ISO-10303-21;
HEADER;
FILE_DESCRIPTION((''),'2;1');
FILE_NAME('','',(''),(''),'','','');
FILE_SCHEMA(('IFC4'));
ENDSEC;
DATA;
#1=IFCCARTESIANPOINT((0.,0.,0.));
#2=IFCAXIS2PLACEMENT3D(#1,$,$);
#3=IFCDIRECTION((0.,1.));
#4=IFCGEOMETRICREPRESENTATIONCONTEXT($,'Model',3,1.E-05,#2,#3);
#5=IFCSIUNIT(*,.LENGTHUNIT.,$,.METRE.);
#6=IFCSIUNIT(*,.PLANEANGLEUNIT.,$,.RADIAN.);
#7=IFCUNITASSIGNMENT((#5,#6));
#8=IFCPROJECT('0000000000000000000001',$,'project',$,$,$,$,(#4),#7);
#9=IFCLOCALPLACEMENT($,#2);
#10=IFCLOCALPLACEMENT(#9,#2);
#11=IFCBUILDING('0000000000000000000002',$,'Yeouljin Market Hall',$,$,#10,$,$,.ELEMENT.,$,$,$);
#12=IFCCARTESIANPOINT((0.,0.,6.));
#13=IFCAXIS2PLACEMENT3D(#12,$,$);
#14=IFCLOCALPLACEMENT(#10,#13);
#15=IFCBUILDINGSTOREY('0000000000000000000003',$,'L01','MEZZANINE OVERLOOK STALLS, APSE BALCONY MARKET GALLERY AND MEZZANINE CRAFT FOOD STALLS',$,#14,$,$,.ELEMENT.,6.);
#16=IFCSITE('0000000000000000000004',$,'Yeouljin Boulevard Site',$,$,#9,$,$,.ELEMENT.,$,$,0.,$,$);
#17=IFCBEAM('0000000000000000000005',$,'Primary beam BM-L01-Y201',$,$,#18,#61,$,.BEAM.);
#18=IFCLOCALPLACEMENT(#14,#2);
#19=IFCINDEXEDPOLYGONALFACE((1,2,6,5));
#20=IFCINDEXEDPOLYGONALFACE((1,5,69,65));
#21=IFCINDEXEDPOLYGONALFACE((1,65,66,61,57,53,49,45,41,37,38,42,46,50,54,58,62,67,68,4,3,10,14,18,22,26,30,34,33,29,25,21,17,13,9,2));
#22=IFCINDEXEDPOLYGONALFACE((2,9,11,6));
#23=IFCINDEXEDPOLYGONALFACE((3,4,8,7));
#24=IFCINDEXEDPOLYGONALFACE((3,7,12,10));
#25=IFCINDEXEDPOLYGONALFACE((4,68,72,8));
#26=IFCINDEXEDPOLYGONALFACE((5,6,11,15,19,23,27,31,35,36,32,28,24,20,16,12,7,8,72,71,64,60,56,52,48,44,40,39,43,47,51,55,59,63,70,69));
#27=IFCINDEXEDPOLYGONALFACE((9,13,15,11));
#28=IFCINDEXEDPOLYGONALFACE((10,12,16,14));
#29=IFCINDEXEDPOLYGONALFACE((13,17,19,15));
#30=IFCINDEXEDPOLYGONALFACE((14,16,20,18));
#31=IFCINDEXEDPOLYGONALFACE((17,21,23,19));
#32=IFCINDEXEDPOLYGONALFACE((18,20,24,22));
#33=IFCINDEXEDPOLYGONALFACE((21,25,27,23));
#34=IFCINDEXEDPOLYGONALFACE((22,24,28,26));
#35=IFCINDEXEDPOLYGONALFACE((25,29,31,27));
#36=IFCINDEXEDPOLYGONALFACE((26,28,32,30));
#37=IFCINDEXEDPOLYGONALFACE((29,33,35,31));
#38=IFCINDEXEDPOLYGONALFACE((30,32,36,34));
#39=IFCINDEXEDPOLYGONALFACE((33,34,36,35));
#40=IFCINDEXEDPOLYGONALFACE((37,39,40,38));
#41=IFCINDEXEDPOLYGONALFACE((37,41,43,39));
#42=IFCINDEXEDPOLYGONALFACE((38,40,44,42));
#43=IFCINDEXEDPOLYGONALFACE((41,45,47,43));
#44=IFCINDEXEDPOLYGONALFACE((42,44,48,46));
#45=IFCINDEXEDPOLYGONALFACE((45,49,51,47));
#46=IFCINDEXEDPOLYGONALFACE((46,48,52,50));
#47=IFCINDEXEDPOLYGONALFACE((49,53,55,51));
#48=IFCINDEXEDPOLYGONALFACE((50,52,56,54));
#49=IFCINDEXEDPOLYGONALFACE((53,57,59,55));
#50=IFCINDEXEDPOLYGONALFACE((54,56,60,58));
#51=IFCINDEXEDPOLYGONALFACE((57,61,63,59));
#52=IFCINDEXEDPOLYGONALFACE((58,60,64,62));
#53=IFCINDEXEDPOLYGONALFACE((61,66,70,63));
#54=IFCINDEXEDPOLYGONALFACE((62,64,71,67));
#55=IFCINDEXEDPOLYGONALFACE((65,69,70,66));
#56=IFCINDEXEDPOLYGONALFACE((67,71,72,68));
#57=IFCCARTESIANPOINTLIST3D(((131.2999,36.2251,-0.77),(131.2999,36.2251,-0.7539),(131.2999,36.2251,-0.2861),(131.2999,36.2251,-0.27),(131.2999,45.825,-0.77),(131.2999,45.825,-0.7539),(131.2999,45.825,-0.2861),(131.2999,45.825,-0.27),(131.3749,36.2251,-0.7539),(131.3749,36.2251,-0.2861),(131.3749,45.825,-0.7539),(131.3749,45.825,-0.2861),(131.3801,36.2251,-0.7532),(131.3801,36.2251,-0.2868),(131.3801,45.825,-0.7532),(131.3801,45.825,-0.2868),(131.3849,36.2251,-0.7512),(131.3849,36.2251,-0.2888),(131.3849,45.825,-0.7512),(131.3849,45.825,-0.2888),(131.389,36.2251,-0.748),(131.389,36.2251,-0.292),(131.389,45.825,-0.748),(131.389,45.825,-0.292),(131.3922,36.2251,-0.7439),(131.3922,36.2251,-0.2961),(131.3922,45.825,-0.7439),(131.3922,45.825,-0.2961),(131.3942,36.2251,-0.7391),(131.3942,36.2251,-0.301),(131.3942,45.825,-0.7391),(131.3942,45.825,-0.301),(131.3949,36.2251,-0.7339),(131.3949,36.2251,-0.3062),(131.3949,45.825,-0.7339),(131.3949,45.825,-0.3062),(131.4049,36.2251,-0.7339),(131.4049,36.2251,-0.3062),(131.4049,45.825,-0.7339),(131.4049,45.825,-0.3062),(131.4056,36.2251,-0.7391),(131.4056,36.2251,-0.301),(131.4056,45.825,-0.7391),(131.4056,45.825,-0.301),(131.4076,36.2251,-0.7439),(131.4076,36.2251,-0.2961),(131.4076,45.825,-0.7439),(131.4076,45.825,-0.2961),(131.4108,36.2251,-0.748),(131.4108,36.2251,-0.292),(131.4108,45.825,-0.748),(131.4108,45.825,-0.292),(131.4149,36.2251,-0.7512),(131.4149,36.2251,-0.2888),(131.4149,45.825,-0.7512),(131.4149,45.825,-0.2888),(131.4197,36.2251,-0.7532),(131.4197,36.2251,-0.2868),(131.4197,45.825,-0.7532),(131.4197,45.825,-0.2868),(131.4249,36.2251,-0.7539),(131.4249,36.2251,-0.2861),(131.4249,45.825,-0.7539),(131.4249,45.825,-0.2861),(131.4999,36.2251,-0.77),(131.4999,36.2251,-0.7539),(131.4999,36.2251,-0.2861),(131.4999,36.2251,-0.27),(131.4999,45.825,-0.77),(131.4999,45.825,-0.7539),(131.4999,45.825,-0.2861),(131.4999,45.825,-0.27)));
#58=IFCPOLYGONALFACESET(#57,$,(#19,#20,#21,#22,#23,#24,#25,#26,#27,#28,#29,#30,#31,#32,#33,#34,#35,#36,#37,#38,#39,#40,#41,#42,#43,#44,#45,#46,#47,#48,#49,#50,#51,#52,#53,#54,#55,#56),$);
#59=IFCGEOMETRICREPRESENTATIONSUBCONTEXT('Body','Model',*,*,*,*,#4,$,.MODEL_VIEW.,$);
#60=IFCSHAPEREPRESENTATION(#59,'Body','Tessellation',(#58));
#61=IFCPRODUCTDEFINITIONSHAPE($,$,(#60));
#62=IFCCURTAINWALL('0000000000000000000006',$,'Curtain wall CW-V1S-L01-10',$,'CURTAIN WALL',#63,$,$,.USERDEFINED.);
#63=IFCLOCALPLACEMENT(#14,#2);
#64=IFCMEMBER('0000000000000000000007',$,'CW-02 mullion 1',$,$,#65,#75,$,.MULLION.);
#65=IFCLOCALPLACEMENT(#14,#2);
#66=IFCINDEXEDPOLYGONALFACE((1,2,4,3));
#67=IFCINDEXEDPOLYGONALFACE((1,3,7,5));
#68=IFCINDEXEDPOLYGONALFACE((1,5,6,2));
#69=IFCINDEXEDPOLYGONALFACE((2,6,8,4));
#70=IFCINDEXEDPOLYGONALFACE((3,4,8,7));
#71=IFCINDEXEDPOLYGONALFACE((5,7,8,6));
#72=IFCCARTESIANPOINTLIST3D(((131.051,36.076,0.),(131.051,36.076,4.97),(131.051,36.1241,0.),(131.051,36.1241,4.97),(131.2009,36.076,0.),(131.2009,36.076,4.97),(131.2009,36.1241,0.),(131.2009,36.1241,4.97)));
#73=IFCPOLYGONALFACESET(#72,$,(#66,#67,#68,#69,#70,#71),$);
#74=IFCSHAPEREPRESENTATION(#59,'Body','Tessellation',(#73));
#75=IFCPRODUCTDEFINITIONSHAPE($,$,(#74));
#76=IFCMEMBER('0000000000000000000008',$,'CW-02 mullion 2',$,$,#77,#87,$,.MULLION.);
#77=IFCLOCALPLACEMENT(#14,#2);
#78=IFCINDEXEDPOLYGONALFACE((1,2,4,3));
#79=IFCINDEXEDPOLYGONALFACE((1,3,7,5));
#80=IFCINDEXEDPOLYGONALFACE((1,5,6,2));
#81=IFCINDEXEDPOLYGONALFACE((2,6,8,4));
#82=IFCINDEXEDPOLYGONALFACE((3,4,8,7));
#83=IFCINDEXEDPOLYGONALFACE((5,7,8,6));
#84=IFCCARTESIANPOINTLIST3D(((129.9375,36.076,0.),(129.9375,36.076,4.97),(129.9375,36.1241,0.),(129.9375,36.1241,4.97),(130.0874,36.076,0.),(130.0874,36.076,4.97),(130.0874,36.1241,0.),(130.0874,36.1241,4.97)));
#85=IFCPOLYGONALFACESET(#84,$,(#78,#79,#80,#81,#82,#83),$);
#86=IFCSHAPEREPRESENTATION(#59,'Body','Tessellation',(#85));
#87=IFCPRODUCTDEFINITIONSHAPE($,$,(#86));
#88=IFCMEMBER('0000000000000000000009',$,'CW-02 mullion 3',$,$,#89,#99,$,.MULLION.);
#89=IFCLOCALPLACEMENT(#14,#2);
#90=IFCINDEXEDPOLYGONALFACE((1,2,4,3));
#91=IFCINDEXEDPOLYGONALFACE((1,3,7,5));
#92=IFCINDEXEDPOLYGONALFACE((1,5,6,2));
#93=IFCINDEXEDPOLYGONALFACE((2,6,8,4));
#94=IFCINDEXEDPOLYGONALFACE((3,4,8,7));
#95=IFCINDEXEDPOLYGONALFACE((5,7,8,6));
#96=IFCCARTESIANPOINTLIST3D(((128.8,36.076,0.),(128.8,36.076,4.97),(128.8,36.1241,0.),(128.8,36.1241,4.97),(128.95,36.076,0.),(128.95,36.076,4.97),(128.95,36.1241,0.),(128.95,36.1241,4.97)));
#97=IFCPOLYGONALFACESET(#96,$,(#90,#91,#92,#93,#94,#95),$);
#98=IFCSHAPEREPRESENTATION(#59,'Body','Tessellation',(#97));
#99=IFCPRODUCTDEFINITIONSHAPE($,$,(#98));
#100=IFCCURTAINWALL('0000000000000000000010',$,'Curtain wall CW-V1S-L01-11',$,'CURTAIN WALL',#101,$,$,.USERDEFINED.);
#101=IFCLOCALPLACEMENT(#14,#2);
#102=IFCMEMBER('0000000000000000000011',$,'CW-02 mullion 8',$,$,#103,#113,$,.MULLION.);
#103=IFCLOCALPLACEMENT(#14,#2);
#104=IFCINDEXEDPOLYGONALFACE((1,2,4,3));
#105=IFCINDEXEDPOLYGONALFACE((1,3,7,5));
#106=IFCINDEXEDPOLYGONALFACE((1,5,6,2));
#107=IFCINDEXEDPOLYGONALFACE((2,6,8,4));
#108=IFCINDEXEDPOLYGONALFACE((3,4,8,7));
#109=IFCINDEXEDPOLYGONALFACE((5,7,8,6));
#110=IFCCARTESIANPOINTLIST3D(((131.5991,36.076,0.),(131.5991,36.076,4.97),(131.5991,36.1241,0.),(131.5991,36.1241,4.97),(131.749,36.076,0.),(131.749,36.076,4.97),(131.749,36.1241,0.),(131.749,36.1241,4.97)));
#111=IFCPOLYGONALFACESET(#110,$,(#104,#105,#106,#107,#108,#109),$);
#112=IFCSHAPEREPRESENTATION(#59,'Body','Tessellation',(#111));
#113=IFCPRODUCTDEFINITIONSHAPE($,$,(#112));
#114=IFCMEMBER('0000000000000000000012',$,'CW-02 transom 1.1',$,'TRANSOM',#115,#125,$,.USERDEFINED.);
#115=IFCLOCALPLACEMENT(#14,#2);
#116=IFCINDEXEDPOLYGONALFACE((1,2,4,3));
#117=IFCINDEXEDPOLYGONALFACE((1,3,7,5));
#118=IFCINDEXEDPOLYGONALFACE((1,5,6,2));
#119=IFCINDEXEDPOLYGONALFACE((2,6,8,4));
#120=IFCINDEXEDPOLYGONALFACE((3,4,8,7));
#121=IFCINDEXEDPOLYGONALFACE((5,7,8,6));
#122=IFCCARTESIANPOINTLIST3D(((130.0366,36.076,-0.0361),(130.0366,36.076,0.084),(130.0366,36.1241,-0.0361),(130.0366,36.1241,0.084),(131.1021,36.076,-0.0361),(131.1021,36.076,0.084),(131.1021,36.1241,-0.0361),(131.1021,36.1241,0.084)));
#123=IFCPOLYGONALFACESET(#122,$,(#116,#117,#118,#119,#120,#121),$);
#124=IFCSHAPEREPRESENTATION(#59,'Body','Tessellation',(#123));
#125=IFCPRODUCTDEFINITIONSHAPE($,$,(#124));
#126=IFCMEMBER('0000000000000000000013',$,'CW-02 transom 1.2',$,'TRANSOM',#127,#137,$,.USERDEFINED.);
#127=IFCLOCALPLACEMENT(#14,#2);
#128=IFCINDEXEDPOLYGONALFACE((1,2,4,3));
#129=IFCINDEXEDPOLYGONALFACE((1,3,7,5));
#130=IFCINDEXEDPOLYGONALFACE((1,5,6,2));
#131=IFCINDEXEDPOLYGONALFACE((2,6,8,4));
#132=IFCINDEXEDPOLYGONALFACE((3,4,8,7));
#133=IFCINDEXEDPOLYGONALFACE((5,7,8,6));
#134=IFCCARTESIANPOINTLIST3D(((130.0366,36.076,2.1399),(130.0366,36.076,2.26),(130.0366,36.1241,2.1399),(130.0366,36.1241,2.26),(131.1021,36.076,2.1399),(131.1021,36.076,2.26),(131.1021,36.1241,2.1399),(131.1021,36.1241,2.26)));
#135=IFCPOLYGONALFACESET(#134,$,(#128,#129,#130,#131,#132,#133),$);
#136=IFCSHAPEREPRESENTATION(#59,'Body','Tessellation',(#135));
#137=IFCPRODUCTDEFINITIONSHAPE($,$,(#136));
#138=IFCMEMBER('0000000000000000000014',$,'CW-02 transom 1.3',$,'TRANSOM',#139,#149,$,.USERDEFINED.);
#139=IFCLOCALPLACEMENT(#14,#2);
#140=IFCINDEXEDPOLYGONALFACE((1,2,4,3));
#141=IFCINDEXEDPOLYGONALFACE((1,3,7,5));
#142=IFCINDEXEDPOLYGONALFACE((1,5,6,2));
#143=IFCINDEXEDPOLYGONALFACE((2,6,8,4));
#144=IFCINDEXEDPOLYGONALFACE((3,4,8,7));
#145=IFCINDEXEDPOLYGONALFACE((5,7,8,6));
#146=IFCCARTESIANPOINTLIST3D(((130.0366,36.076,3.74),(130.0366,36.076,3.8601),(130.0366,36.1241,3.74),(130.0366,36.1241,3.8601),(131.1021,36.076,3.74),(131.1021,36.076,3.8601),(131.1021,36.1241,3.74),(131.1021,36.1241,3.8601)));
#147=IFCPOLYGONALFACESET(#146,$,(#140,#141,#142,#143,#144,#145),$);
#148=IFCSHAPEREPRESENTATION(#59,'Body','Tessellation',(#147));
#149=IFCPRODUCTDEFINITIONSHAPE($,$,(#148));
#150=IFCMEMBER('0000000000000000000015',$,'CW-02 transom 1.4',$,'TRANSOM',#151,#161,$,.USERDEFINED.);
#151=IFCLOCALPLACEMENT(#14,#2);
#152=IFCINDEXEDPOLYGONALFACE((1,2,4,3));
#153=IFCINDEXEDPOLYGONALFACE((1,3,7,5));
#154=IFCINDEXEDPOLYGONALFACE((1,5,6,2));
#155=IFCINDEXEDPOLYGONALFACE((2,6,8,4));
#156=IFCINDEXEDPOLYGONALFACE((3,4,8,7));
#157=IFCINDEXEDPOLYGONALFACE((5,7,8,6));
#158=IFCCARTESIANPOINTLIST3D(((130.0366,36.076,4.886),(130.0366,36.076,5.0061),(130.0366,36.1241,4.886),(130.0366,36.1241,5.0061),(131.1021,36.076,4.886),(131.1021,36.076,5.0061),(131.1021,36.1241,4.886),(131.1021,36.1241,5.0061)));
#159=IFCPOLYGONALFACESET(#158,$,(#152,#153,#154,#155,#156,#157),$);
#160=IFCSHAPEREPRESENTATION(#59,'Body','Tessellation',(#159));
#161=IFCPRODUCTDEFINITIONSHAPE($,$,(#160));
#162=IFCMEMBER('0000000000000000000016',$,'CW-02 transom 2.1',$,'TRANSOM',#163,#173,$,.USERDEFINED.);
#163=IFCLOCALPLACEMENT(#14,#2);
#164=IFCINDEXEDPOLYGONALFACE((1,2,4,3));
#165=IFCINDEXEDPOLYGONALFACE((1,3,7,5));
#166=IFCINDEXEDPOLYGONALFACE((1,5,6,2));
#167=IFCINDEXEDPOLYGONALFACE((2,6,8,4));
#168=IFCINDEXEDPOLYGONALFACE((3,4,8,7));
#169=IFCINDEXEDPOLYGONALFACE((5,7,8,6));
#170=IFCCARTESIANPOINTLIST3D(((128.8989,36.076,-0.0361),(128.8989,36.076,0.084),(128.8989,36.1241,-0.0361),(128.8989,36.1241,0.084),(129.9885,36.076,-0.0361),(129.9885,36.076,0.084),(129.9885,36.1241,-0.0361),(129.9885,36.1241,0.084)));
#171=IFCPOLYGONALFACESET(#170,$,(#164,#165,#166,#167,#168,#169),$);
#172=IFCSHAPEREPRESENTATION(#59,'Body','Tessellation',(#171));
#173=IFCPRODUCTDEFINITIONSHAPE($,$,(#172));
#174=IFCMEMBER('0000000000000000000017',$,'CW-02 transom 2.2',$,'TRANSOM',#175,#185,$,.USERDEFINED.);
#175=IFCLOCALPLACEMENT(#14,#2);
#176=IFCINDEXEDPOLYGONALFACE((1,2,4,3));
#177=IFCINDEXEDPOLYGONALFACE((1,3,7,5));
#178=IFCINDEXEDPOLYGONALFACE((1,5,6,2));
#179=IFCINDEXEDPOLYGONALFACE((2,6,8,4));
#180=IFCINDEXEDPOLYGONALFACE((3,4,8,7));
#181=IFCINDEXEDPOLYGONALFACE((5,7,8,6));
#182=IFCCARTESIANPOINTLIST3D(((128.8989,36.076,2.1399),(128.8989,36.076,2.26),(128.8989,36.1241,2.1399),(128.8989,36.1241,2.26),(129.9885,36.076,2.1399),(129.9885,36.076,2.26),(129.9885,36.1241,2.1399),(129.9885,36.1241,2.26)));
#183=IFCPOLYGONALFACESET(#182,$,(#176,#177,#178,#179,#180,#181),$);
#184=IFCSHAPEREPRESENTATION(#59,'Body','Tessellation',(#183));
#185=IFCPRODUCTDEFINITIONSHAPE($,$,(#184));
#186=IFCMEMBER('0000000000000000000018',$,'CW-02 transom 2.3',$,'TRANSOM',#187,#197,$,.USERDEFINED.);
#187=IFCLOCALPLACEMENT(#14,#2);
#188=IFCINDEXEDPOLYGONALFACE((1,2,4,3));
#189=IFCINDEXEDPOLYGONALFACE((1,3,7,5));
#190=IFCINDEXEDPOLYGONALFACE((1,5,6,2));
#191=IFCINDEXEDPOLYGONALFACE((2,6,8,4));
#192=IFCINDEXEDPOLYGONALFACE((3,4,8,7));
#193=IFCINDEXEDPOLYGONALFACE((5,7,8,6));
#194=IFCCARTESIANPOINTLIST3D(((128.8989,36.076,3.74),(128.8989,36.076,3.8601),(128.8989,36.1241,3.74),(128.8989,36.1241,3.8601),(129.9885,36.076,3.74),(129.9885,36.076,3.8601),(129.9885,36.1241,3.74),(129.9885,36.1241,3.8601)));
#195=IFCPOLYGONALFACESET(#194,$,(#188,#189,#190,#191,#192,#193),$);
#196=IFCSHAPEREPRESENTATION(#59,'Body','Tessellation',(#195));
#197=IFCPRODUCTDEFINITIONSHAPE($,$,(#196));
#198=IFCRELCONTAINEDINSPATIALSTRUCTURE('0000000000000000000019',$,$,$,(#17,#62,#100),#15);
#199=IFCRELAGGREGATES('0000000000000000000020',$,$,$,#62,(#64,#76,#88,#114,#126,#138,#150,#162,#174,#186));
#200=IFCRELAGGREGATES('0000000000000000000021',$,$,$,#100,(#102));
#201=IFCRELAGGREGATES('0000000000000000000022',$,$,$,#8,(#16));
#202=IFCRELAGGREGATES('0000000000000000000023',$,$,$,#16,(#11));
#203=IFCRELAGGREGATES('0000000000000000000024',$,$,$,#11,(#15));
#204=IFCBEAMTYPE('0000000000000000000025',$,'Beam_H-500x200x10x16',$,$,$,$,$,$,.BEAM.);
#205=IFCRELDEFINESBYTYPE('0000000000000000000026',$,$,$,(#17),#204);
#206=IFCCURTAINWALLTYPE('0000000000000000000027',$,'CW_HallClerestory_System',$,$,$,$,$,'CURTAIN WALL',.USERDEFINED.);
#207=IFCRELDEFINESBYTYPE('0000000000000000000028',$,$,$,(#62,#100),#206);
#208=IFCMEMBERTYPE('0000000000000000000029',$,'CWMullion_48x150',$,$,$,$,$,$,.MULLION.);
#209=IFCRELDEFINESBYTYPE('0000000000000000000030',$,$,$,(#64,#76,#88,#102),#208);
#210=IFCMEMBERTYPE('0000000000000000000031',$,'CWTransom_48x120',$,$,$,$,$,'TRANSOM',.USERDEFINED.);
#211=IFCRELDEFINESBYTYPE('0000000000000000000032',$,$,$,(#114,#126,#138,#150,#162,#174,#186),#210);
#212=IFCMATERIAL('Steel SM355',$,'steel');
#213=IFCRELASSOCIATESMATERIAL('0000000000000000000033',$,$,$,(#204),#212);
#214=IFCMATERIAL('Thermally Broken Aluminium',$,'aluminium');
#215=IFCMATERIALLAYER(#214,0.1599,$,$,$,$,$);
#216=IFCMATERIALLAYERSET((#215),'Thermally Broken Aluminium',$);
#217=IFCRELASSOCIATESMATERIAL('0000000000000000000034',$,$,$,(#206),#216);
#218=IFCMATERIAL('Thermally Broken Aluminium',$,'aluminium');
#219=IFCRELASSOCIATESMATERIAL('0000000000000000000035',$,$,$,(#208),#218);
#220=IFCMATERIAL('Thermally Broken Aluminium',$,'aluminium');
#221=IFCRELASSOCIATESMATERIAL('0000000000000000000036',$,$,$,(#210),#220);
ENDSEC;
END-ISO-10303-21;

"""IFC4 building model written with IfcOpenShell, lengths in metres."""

from ifc_helpers import new_model, si_unit, direction, frame, origin, origin_2d, place, context, subcontext, project, spatial, rectangle, i_section, extrude, material, layer, layer_set, material_profile, profile_set, type_object, element, aggregate, save


model = new_model("IFC4")

# Units and contexts
model_context = context("Model", 3, precision=1e-05, world=origin(), true_north=direction((0.0, 1.0)))
body_context = subcontext(model_context, "Body", "Model", "MODEL_VIEW")
ifc_project = project(units=[si_unit("LENGTHUNIT", "METRE"), si_unit("PLANEANGLEUNIT", "RADIAN")], contexts=[model_context])

# Site, building, storey
site_placement = place(None, origin())
site = spatial("IfcSite", under=ifc_project, at=site_placement, Name="Yeouljin Boulevard Site", CompositionType="ELEMENT", RefElevation=0.0)
building_placement = place(site_placement, origin())
building = spatial("IfcBuilding", under=site, at=building_placement, Name="Yeouljin Market Hall", CompositionType="ELEMENT")
storey_placement = place(building_placement, frame((0.0, 0.0, 6.0)))
storey = spatial("IfcBuildingStorey", under=building, at=storey_placement, Name="L01", Description="MEZZANINE OVERLOOK STALLS, APSE BALCONY MARKET GALLERY AND MEZZANINE CRAFT FOOD STALLS", CompositionType="ELEMENT", Elevation=6.0)

# Beam
ifc_material_1 = material(Name="Steel SM355", Category="steel")
ifc_material_profile_1 = material_profile(ifc_material_1, i_section(OverallWidth=0.2, OverallDepth=0.5, WebThickness=0.01, FlangeThickness=0.0161, FilletRadius=0.02, at=origin_2d()), Name="H-500x200x10x16")
ifc_profile_set_1 = profile_set([ifc_material_profile_1], Name="Steel SM355")
beam_type = type_object("IfcBeamType", Name="Beam_H-500x200x10x16", PredefinedType="BEAM", material=ifc_profile_set_1)
beam_placement = place(storey_placement, frame((131.3999, 36.2251, -0.52), z_axis=(0.0, 1.0, 0.0), x_axis=(-1.0, 0.0, 0.0)))
element("IfcBeam", 1, at=beam_placement, inside=storey, type_object=beam_type, Name="Primary beam BM-L01-Y201", PredefinedType="BEAM", context=body_context, shape_type="SweptSolid", body=[
    extrude(i_section(OverallWidth=0.2, OverallDepth=0.5, WebThickness=0.01, FlangeThickness=0.0161, FilletRadius=0.02, at=origin_2d()), origin(), (0.0, 0.0, 1.0), 9.5999),
])

# Curtain wall, members
ifc_material_2 = material(Name="Thermally Broken Aluminium", Category="aluminium")
ifc_layer_1 = layer(ifc_material_2, 0.1599)
ifc_layer_set_1 = layer_set([ifc_layer_1], Name="Thermally Broken Aluminium")
curtain_wall_type = type_object("IfcCurtainWallType", Name="CW_HallClerestory_System", ElementType="CURTAIN WALL", PredefinedType="USERDEFINED", material=ifc_layer_set_1)
curtain_wall_1_placement = place(storey_placement, origin())
curtain_wall_1 = element("IfcCurtainWall", 2, at=curtain_wall_1_placement, inside=storey, type_object=curtain_wall_type, Name="Curtain wall CW-V1S-L01-10", ObjectType="CURTAIN WALL", PredefinedType="USERDEFINED")
ifc_material_3 = material(Name="Thermally Broken Aluminium", Category="aluminium")
ifc_material_profile_2 = material_profile(ifc_material_3, rectangle(XDim=0.0481, YDim=0.1499, at=origin_2d()), Name="CW-MULL-48x150")
ifc_profile_set_2 = profile_set([ifc_material_profile_2], Name="Thermally Broken Aluminium")
member_type_1 = type_object("IfcMemberType", Name="CWMullion_48x150", PredefinedType="MULLION", material=ifc_profile_set_2)
member_1_placement = place(storey_placement, frame((131.126, 36.1001, 0.0), z_axis=(0.0, 0.0, 1.0), x_axis=(0.0, -1.0, 0.0)))
member_1 = element("IfcMember", 3, at=member_1_placement, type_object=member_type_1, Name="CW-02 mullion 1", PredefinedType="MULLION", context=body_context, shape_type="SweptSolid", body=[
    extrude(rectangle(XDim=0.0481, YDim=0.1499, at=origin_2d()), origin(), (0.0, 0.0, 1.0), 4.97),
])
member_2_placement = place(storey_placement, frame((130.0125, 36.1001, 0.0), z_axis=(0.0, 0.0, 1.0), x_axis=(0.0, -1.0, 0.0)))
member_2 = element("IfcMember", 4, at=member_2_placement, type_object=member_type_1, Name="CW-02 mullion 2", PredefinedType="MULLION", context=body_context, shape_type="SweptSolid", body=[
    extrude(rectangle(XDim=0.0481, YDim=0.1499, at=origin_2d()), origin(), (0.0, 0.0, 1.0), 4.97),
])
member_3_placement = place(storey_placement, frame((128.875, 36.1001, 0.0), z_axis=(0.0, 0.0, 1.0), x_axis=(0.0, -1.0, 0.0)))
member_3 = element("IfcMember", 5, at=member_3_placement, type_object=member_type_1, Name="CW-02 mullion 3", PredefinedType="MULLION", context=body_context, shape_type="SweptSolid", body=[
    extrude(rectangle(XDim=0.0481, YDim=0.1499, at=origin_2d()), origin(), (0.0, 0.0, 1.0), 4.97),
])

# Curtain wall, member
curtain_wall_2_placement = place(storey_placement, origin())
curtain_wall_2 = element("IfcCurtainWall", 6, at=curtain_wall_2_placement, inside=storey, type_object=curtain_wall_type, Name="Curtain wall CW-V1S-L01-11", ObjectType="CURTAIN WALL", PredefinedType="USERDEFINED")
member_4_placement = place(storey_placement, frame((131.6741, 36.1001, 0.0), z_axis=(0.0, 0.0, 1.0), x_axis=(0.0, -1.0, 0.0)))
member_4 = element("IfcMember", 7, at=member_4_placement, type_object=member_type_1, Name="CW-02 mullion 8", PredefinedType="MULLION", context=body_context, shape_type="SweptSolid", body=[
    extrude(rectangle(XDim=0.0481, YDim=0.1499, at=origin_2d()), origin(), (0.0, 0.0, 1.0), 4.97),
])

# Members
ifc_material_4 = material(Name="Thermally Broken Aluminium", Category="aluminium")
ifc_material_profile_3 = material_profile(ifc_material_4, rectangle(XDim=0.0481, YDim=0.1201, at=origin_2d()), Name="CW-TRAN-48x120")
ifc_profile_set_3 = profile_set([ifc_material_profile_3], Name="Thermally Broken Aluminium")
member_type_2 = type_object("IfcMemberType", Name="CWTransom_48x120", ElementType="TRANSOM", PredefinedType="USERDEFINED", material=ifc_profile_set_3)
member_5_placement = place(storey_placement, frame((131.1021, 36.1001, 0.0239), z_axis=(-1.0, 0.0, 0.0), x_axis=(0.0, -1.0, 0.0)))
member_5 = element("IfcMember", 8, at=member_5_placement, type_object=member_type_2, Name="CW-02 transom 1.1", ObjectType="TRANSOM", PredefinedType="USERDEFINED", context=body_context, shape_type="SweptSolid", body=[
    extrude(rectangle(XDim=0.0481, YDim=0.1201, at=origin_2d()), origin(), (0.0, 0.0, 1.0), 1.0654),
])
member_6_placement = place(storey_placement, frame((131.1021, 36.1001, 2.2), z_axis=(-1.0, 0.0, 0.0), x_axis=(0.0, -1.0, 0.0)))
member_6 = element("IfcMember", 9, at=member_6_placement, type_object=member_type_2, Name="CW-02 transom 1.2", ObjectType="TRANSOM", PredefinedType="USERDEFINED", context=body_context, shape_type="SweptSolid", body=[
    extrude(rectangle(XDim=0.0481, YDim=0.1201, at=origin_2d()), origin(), (0.0, 0.0, 1.0), 1.0654),
])
member_7_placement = place(storey_placement, frame((131.1021, 36.1001, 3.8), z_axis=(-1.0, 0.0, 0.0), x_axis=(0.0, -1.0, 0.0)))
member_7 = element("IfcMember", 10, at=member_7_placement, type_object=member_type_2, Name="CW-02 transom 1.3", ObjectType="TRANSOM", PredefinedType="USERDEFINED", context=body_context, shape_type="SweptSolid", body=[
    extrude(rectangle(XDim=0.0481, YDim=0.1201, at=origin_2d()), origin(), (0.0, 0.0, 1.0), 1.0654),
])
member_8_placement = place(storey_placement, frame((131.1021, 36.1001, 4.946), z_axis=(-1.0, 0.0, 0.0), x_axis=(0.0, -1.0, 0.0)))
member_8 = element("IfcMember", 11, at=member_8_placement, type_object=member_type_2, Name="CW-02 transom 1.4", ObjectType="TRANSOM", PredefinedType="USERDEFINED", context=body_context, shape_type="SweptSolid", body=[
    extrude(rectangle(XDim=0.0481, YDim=0.1201, at=origin_2d()), origin(), (0.0, 0.0, 1.0), 1.0654),
])
member_9_placement = place(storey_placement, frame((129.9885, 36.1001, 0.0239), z_axis=(-1.0, 0.0, 0.0), x_axis=(0.0, -1.0, 0.0)))
member_9 = element("IfcMember", 12, at=member_9_placement, type_object=member_type_2, Name="CW-02 transom 2.1", ObjectType="TRANSOM", PredefinedType="USERDEFINED", context=body_context, shape_type="SweptSolid", body=[
    extrude(rectangle(XDim=0.0481, YDim=0.1201, at=origin_2d()), origin(), (0.0, 0.0, 1.0), 1.0896),
])
member_10_placement = place(storey_placement, frame((129.9885, 36.1001, 2.2), z_axis=(-1.0, 0.0, 0.0), x_axis=(0.0, -1.0, 0.0)))
member_10 = element("IfcMember", 13, at=member_10_placement, type_object=member_type_2, Name="CW-02 transom 2.2", ObjectType="TRANSOM", PredefinedType="USERDEFINED", context=body_context, shape_type="SweptSolid", body=[
    extrude(rectangle(XDim=0.0481, YDim=0.1201, at=origin_2d()), origin(), (0.0, 0.0, 1.0), 1.0896),
])
member_11_placement = place(storey_placement, frame((129.9885, 36.1001, 3.8), z_axis=(-1.0, 0.0, 0.0), x_axis=(0.0, -1.0, 0.0)))
member_11 = element("IfcMember", 14, at=member_11_placement, type_object=member_type_2, Name="CW-02 transom 2.3", ObjectType="TRANSOM", PredefinedType="USERDEFINED", context=body_context, shape_type="SweptSolid", body=[
    extrude(rectangle(XDim=0.0481, YDim=0.1201, at=origin_2d()), origin(), (0.0, 0.0, 1.0), 1.0896),
])

aggregate(curtain_wall_1, [member_1, member_2, member_3, member_5, member_6, member_7, member_8, member_9, member_10, member_11])
aggregate(curtain_wall_2, [member_4])

save(model, "model.ifc")
